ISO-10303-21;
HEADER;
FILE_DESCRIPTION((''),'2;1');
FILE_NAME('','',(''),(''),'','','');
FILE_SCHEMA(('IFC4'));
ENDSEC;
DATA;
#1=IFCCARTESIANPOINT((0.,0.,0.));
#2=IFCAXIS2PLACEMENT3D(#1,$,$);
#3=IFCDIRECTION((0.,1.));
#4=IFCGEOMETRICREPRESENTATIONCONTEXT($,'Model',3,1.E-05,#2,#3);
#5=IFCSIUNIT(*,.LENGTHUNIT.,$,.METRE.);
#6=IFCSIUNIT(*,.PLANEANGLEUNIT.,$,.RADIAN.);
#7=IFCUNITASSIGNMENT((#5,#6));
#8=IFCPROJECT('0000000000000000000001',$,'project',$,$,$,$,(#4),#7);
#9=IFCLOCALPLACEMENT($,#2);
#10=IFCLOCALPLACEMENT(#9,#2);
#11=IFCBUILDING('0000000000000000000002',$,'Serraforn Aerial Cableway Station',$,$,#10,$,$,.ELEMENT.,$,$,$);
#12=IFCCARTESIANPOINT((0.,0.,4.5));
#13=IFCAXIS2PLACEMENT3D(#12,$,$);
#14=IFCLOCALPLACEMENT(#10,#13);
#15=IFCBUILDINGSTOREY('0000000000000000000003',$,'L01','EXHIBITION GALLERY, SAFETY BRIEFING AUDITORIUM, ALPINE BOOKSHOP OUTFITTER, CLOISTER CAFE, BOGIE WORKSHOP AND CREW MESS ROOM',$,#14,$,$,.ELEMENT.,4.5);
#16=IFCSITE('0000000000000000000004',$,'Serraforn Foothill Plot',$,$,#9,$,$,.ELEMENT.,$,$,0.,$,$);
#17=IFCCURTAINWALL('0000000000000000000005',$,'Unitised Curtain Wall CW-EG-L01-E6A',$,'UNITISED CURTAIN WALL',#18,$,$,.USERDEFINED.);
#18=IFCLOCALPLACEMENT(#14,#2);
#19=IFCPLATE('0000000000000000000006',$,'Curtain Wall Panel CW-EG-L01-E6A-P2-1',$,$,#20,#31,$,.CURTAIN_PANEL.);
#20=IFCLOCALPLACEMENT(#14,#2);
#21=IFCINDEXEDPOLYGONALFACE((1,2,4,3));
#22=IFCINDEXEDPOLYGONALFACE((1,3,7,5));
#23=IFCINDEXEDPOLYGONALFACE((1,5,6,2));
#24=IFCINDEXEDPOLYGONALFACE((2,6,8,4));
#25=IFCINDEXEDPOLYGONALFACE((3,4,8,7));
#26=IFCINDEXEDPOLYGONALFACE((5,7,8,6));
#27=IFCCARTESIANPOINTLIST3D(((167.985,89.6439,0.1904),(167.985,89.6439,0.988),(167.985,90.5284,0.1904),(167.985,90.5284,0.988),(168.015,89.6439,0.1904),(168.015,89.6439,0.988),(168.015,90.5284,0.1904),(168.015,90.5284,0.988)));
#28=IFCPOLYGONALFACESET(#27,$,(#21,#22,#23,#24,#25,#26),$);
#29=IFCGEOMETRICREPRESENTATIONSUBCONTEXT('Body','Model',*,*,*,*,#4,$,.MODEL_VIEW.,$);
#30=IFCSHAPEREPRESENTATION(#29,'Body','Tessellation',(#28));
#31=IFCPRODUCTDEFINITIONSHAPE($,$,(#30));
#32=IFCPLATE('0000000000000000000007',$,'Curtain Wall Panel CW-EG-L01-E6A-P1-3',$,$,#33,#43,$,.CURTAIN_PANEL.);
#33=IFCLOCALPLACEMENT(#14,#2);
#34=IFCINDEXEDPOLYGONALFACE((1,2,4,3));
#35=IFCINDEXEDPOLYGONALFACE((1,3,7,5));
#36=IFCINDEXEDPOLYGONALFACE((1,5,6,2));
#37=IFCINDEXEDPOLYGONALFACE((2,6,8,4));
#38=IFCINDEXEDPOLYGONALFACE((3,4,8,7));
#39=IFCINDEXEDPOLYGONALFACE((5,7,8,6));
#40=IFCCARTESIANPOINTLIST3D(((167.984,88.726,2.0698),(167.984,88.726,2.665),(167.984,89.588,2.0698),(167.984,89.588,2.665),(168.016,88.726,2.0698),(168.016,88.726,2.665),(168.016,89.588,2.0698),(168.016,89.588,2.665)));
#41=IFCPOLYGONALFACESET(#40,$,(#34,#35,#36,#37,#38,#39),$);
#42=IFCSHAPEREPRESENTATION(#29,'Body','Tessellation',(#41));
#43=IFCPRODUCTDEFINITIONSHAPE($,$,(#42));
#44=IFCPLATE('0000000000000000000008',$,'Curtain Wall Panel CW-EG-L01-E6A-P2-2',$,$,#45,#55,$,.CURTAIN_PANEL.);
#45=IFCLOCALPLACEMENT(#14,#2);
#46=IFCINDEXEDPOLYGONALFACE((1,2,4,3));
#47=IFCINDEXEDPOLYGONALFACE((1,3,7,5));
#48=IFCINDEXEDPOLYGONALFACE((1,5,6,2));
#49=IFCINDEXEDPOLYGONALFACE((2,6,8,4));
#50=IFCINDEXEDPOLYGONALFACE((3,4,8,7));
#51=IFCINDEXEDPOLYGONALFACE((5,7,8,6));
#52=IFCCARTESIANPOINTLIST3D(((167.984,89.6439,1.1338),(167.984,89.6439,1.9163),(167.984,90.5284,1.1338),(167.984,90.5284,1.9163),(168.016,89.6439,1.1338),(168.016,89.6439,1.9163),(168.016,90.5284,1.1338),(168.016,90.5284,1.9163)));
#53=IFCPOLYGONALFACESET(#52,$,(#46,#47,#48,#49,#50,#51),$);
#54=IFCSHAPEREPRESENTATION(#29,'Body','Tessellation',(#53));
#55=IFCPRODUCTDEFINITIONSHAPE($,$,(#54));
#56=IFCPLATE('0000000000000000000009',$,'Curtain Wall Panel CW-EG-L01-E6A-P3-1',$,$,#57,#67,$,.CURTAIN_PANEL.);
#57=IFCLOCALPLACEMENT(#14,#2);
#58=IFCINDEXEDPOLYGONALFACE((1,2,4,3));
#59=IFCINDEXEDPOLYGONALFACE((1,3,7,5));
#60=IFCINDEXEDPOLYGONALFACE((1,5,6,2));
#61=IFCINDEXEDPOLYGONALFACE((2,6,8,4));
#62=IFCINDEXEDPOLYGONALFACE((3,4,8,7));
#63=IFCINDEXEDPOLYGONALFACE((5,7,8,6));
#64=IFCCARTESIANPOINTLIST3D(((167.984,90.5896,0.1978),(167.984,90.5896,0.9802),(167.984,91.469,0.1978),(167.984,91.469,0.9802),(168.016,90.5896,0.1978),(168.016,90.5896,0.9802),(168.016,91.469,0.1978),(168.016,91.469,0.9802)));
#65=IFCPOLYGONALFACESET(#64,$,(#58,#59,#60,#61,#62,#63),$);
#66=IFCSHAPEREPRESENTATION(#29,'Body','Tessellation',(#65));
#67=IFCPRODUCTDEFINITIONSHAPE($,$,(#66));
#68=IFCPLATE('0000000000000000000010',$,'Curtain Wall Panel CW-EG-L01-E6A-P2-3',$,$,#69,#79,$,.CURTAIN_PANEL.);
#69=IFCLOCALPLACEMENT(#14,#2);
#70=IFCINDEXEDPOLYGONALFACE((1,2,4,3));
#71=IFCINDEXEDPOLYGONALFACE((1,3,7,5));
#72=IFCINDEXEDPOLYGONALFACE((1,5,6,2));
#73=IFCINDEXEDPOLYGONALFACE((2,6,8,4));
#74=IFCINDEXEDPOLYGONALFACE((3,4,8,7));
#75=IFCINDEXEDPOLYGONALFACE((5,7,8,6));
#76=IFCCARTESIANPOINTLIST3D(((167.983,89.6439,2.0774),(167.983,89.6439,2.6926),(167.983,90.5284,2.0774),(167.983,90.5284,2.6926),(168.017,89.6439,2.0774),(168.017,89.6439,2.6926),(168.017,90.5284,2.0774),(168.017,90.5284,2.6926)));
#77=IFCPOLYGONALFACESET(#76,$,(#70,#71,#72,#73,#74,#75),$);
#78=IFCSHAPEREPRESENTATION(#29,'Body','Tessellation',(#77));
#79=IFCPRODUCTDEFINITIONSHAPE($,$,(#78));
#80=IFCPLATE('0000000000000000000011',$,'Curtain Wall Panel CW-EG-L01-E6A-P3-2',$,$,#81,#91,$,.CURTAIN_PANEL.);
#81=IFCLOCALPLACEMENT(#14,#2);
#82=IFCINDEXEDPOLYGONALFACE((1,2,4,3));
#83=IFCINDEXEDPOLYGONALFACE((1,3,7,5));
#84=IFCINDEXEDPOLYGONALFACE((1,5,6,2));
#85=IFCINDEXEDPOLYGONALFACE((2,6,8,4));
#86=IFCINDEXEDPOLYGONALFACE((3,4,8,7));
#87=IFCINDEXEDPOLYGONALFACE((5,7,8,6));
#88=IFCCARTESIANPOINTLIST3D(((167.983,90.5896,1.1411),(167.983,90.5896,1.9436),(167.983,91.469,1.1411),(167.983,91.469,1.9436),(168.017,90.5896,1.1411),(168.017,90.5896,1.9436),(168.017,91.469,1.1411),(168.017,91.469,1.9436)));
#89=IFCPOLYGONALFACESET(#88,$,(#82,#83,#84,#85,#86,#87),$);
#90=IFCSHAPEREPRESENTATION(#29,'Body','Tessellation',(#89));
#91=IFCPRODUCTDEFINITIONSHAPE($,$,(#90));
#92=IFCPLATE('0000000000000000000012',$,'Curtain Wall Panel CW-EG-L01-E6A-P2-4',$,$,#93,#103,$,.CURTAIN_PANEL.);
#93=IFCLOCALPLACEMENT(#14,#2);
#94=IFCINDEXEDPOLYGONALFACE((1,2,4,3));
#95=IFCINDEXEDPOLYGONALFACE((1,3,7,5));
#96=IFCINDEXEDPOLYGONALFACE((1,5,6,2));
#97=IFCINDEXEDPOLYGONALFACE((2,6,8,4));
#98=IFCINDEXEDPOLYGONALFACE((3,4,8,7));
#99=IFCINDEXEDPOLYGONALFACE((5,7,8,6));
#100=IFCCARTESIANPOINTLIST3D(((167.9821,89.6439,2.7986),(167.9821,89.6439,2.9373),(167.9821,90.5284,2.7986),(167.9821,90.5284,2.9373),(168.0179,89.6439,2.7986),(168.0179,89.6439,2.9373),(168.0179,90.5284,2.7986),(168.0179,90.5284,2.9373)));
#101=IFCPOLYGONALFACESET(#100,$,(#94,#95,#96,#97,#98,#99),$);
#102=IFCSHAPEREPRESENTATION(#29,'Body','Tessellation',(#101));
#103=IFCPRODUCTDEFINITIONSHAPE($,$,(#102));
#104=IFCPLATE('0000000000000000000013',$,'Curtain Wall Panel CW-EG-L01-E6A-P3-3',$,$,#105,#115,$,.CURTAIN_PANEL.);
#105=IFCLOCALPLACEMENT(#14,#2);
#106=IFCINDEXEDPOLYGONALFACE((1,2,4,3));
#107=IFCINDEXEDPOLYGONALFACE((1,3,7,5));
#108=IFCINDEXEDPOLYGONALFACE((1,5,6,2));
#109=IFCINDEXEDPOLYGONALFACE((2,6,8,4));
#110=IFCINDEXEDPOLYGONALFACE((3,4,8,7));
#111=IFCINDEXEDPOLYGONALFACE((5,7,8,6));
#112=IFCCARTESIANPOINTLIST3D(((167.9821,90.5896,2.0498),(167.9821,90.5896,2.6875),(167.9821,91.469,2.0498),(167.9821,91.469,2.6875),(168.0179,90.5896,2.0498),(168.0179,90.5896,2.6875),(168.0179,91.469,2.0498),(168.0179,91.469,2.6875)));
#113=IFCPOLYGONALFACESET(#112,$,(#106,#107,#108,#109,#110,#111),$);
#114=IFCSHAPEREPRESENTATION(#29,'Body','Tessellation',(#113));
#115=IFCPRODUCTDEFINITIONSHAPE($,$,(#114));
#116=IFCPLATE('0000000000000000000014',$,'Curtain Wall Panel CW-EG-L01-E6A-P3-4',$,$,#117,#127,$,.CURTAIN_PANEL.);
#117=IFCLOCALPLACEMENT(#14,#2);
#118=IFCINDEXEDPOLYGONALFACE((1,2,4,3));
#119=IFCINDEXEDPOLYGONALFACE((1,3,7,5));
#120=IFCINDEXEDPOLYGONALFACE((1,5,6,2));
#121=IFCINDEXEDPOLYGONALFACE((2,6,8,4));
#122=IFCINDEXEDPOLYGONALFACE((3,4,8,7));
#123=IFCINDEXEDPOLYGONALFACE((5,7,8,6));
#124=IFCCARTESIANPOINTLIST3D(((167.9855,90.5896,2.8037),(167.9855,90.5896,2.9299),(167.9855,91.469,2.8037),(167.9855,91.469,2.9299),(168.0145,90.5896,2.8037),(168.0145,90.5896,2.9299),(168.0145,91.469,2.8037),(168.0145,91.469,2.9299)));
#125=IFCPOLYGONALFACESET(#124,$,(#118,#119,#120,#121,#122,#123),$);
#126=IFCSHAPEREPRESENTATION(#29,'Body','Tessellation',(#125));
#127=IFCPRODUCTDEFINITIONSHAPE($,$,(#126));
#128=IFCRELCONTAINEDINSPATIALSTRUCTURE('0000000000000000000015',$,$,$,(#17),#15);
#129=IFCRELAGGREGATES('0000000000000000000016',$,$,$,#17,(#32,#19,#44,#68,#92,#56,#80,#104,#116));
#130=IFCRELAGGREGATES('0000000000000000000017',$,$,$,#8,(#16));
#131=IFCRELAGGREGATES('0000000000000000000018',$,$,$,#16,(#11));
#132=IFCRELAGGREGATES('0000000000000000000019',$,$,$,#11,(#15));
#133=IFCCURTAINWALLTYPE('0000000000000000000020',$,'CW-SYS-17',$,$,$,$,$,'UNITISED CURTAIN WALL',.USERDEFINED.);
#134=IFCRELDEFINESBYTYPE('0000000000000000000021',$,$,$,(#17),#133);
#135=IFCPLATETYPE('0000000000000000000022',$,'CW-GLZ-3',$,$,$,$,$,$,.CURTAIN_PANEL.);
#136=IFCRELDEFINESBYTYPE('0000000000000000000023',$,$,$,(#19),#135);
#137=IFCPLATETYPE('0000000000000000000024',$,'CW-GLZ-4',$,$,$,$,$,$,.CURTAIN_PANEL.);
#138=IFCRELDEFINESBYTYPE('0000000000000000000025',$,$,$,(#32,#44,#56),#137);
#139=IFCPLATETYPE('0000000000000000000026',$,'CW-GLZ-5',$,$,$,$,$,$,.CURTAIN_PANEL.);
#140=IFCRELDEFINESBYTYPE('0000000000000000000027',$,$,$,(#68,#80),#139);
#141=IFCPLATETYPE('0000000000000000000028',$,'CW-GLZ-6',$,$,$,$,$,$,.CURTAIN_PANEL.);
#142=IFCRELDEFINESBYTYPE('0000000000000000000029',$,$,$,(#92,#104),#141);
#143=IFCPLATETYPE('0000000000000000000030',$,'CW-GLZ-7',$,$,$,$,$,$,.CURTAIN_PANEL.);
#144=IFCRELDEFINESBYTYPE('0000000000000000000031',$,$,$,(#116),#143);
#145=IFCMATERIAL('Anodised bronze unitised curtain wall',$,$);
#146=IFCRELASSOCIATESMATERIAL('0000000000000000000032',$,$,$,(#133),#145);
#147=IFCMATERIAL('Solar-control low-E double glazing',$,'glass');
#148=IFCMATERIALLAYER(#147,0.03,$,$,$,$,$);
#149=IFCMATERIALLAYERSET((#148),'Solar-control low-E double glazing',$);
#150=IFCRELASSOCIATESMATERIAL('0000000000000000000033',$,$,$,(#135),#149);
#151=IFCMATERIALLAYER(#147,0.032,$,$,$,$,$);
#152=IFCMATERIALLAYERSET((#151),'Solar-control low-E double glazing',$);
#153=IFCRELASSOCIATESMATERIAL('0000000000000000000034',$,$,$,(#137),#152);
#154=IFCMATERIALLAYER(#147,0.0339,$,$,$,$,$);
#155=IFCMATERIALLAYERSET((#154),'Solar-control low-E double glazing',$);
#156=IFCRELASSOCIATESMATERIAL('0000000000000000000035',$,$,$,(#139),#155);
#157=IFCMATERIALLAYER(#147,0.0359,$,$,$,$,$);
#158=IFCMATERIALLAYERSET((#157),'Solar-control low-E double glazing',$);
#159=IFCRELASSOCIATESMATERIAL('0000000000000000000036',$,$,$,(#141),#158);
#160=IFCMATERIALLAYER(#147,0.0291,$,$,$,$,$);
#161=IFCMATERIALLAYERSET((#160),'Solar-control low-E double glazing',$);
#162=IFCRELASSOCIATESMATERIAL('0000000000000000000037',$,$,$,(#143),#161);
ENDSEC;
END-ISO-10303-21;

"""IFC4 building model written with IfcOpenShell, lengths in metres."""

from ifc_helpers import new_model, si_unit, direction, frame, origin, origin_2d, place, context, subcontext, project, spatial, rectangle, extrude, material, layer, layer_set, type_object, element, aggregate, save


model = new_model("IFC4")

# Units and contexts
model_context = context("Model", 3, precision=1e-05, world=origin(), true_north=direction((0.0, 1.0)))
body_context = subcontext(model_context, "Body", "Model", "MODEL_VIEW")
ifc_project = project(units=[si_unit("LENGTHUNIT", "METRE"), si_unit("PLANEANGLEUNIT", "RADIAN")], contexts=[model_context])

# Site, building, storey
site_placement = place(None, origin())
site = spatial("IfcSite", under=ifc_project, at=site_placement, Name="Serraforn Foothill Plot", CompositionType="ELEMENT", RefElevation=0.0)
building_placement = place(site_placement, origin())
building = spatial("IfcBuilding", under=site, at=building_placement, Name="Serraforn Aerial Cableway Station", CompositionType="ELEMENT")
storey_placement = place(building_placement, frame((0.0, 0.0, 4.5)))
storey = spatial("IfcBuildingStorey", under=building, at=storey_placement, Name="L01", Description="EXHIBITION GALLERY, SAFETY BRIEFING AUDITORIUM, ALPINE BOOKSHOP OUTFITTER, CLOISTER CAFE, BOGIE WORKSHOP AND CREW MESS ROOM", CompositionType="ELEMENT", Elevation=4.5)

# Curtain wall, plates
ifc_material_1 = material(Name="Anodised bronze unitised curtain wall")
curtain_wall_type = type_object("IfcCurtainWallType", Name="CW-SYS-17", ElementType="UNITISED CURTAIN WALL", PredefinedType="USERDEFINED", material=ifc_material_1)
curtain_wall_placement = place(storey_placement, origin())
curtain_wall = element("IfcCurtainWall", 1, at=curtain_wall_placement, inside=storey, type_object=curtain_wall_type, Name="Unitised Curtain Wall CW-EG-L01-E6A", ObjectType="UNITISED CURTAIN WALL", PredefinedType="USERDEFINED")
ifc_material_2 = material(Name="Solar-control low-E double glazing", Category="glass")
ifc_layer_1 = layer(ifc_material_2, 0.03)
ifc_layer_set_1 = layer_set([ifc_layer_1], Name="Solar-control low-E double glazing")
plate_type_1 = type_object("IfcPlateType", Name="CW-GLZ-3", PredefinedType="CURTAIN_PANEL", material=ifc_layer_set_1)
plate_1_placement = place(storey_placement, frame((168.0, 90.0862, 0.1904), z_axis=(0.0, 0.0, 1.0), x_axis=(1.0, 0.0, 0.0)))
plate_1 = element("IfcPlate", 2, at=plate_1_placement, type_object=plate_type_1, Name="Curtain Wall Panel CW-EG-L01-E6A-P2-1", PredefinedType="CURTAIN_PANEL", context=body_context, shape_type="SweptSolid", body=[
    extrude(rectangle(XDim=0.03, YDim=0.8845, at=origin_2d()), origin(), (0.0, 0.0, 1.0), 0.7976),
])
ifc_layer_2 = layer(ifc_material_2, 0.032)
ifc_layer_set_2 = layer_set([ifc_layer_2], Name="Solar-control low-E double glazing")
plate_type_2 = type_object("IfcPlateType", Name="CW-GLZ-4", PredefinedType="CURTAIN_PANEL", material=ifc_layer_set_2)
plate_2_placement = place(storey_placement, frame((168.0, 89.157, 2.0698), z_axis=(0.0, 0.0, 1.0), x_axis=(1.0, 0.0, 0.0)))
plate_2 = element("IfcPlate", 3, at=plate_2_placement, type_object=plate_type_2, Name="Curtain Wall Panel CW-EG-L01-E6A-P1-3", PredefinedType="CURTAIN_PANEL", context=body_context, shape_type="SweptSolid", body=[
    extrude(rectangle(XDim=0.032, YDim=0.8621, at=origin_2d()), origin(), (0.0, 0.0, 1.0), 0.5952),
])
plate_3_placement = place(storey_placement, frame((168.0, 90.0862, 1.1338), z_axis=(0.0, 0.0, 1.0), x_axis=(1.0, 0.0, 0.0)))
plate_3 = element("IfcPlate", 4, at=plate_3_placement, type_object=plate_type_2, Name="Curtain Wall Panel CW-EG-L01-E6A-P2-2", PredefinedType="CURTAIN_PANEL", context=body_context, shape_type="SweptSolid", body=[
    extrude(rectangle(XDim=0.032, YDim=0.8845, at=origin_2d()), origin(), (0.0, 0.0, 1.0), 0.7825),
])
plate_4_placement = place(storey_placement, frame((168.0, 91.0293, 0.1978), z_axis=(0.0, 0.0, 1.0), x_axis=(1.0, 0.0, 0.0)))
plate_4 = element("IfcPlate", 5, at=plate_4_placement, type_object=plate_type_2, Name="Curtain Wall Panel CW-EG-L01-E6A-P3-1", PredefinedType="CURTAIN_PANEL", context=body_context, shape_type="SweptSolid", body=[
    extrude(rectangle(XDim=0.032, YDim=0.8794, at=origin_2d()), origin(), (0.0, 0.0, 1.0), 0.7825),
])
ifc_layer_3 = layer(ifc_material_2, 0.0339)
ifc_layer_set_3 = layer_set([ifc_layer_3], Name="Solar-control low-E double glazing")
plate_type_3 = type_object("IfcPlateType", Name="CW-GLZ-5", PredefinedType="CURTAIN_PANEL", material=ifc_layer_set_3)
plate_5_placement = place(storey_placement, frame((168.0, 90.0862, 2.0774), z_axis=(0.0, 0.0, 1.0), x_axis=(1.0, 0.0, 0.0)))
plate_5 = element("IfcPlate", 6, at=plate_5_placement, type_object=plate_type_3, Name="Curtain Wall Panel CW-EG-L01-E6A-P2-3", PredefinedType="CURTAIN_PANEL", context=body_context, shape_type="SweptSolid", body=[
    extrude(rectangle(XDim=0.0339, YDim=0.8845, at=origin_2d()), origin(), (0.0, 0.0, 1.0), 0.6152),
])
plate_6_placement = place(storey_placement, frame((168.0, 91.0293, 1.1411), z_axis=(0.0, 0.0, 1.0), x_axis=(1.0, 0.0, 0.0)))
plate_6 = element("IfcPlate", 7, at=plate_6_placement, type_object=plate_type_3, Name="Curtain Wall Panel CW-EG-L01-E6A-P3-2", PredefinedType="CURTAIN_PANEL", context=body_context, shape_type="SweptSolid", body=[
    extrude(rectangle(XDim=0.0339, YDim=0.8794, at=origin_2d()), origin(), (0.0, 0.0, 1.0), 0.8025),
])
ifc_layer_4 = layer(ifc_material_2, 0.0359)
ifc_layer_set_4 = layer_set([ifc_layer_4], Name="Solar-control low-E double glazing")
plate_type_4 = type_object("IfcPlateType", Name="CW-GLZ-6", PredefinedType="CURTAIN_PANEL", material=ifc_layer_set_4)
plate_7_placement = place(storey_placement, frame((168.0, 90.0862, 2.7986), z_axis=(0.0, 0.0, 1.0), x_axis=(1.0, 0.0, 0.0)))
plate_7 = element("IfcPlate", 8, at=plate_7_placement, type_object=plate_type_4, Name="Curtain Wall Panel CW-EG-L01-E6A-P2-4", PredefinedType="CURTAIN_PANEL", context=body_context, shape_type="SweptSolid", body=[
    extrude(rectangle(XDim=0.0359, YDim=0.8845, at=origin_2d()), origin(), (0.0, 0.0, 1.0), 0.1387),
])
plate_8_placement = place(storey_placement, frame((168.0, 91.0293, 2.0498), z_axis=(0.0, 0.0, 1.0), x_axis=(1.0, 0.0, 0.0)))
plate_8 = element("IfcPlate", 9, at=plate_8_placement, type_object=plate_type_4, Name="Curtain Wall Panel CW-EG-L01-E6A-P3-3", PredefinedType="CURTAIN_PANEL", context=body_context, shape_type="SweptSolid", body=[
    extrude(rectangle(XDim=0.0359, YDim=0.8794, at=origin_2d()), origin(), (0.0, 0.0, 1.0), 0.6377),
])
ifc_layer_5 = layer(ifc_material_2, 0.0291)
ifc_layer_set_5 = layer_set([ifc_layer_5], Name="Solar-control low-E double glazing")
plate_type_5 = type_object("IfcPlateType", Name="CW-GLZ-7", PredefinedType="CURTAIN_PANEL", material=ifc_layer_set_5)
plate_9_placement = place(storey_placement, frame((168.0, 91.0293, 2.8037), z_axis=(0.0, 0.0, 1.0), x_axis=(1.0, 0.0, 0.0)))
plate_9 = element("IfcPlate", 10, at=plate_9_placement, type_object=plate_type_5, Name="Curtain Wall Panel CW-EG-L01-E6A-P3-4", PredefinedType="CURTAIN_PANEL", context=body_context, shape_type="SweptSolid", body=[
    extrude(rectangle(XDim=0.0291, YDim=0.8794, at=origin_2d()), origin(), (0.0, 0.0, 1.0), 0.1262),
])
aggregate(curtain_wall, [plate_2, plate_1, plate_3, plate_5, plate_7, plate_4, plate_6, plate_8, plate_9])

save(model, "model.ifc")
